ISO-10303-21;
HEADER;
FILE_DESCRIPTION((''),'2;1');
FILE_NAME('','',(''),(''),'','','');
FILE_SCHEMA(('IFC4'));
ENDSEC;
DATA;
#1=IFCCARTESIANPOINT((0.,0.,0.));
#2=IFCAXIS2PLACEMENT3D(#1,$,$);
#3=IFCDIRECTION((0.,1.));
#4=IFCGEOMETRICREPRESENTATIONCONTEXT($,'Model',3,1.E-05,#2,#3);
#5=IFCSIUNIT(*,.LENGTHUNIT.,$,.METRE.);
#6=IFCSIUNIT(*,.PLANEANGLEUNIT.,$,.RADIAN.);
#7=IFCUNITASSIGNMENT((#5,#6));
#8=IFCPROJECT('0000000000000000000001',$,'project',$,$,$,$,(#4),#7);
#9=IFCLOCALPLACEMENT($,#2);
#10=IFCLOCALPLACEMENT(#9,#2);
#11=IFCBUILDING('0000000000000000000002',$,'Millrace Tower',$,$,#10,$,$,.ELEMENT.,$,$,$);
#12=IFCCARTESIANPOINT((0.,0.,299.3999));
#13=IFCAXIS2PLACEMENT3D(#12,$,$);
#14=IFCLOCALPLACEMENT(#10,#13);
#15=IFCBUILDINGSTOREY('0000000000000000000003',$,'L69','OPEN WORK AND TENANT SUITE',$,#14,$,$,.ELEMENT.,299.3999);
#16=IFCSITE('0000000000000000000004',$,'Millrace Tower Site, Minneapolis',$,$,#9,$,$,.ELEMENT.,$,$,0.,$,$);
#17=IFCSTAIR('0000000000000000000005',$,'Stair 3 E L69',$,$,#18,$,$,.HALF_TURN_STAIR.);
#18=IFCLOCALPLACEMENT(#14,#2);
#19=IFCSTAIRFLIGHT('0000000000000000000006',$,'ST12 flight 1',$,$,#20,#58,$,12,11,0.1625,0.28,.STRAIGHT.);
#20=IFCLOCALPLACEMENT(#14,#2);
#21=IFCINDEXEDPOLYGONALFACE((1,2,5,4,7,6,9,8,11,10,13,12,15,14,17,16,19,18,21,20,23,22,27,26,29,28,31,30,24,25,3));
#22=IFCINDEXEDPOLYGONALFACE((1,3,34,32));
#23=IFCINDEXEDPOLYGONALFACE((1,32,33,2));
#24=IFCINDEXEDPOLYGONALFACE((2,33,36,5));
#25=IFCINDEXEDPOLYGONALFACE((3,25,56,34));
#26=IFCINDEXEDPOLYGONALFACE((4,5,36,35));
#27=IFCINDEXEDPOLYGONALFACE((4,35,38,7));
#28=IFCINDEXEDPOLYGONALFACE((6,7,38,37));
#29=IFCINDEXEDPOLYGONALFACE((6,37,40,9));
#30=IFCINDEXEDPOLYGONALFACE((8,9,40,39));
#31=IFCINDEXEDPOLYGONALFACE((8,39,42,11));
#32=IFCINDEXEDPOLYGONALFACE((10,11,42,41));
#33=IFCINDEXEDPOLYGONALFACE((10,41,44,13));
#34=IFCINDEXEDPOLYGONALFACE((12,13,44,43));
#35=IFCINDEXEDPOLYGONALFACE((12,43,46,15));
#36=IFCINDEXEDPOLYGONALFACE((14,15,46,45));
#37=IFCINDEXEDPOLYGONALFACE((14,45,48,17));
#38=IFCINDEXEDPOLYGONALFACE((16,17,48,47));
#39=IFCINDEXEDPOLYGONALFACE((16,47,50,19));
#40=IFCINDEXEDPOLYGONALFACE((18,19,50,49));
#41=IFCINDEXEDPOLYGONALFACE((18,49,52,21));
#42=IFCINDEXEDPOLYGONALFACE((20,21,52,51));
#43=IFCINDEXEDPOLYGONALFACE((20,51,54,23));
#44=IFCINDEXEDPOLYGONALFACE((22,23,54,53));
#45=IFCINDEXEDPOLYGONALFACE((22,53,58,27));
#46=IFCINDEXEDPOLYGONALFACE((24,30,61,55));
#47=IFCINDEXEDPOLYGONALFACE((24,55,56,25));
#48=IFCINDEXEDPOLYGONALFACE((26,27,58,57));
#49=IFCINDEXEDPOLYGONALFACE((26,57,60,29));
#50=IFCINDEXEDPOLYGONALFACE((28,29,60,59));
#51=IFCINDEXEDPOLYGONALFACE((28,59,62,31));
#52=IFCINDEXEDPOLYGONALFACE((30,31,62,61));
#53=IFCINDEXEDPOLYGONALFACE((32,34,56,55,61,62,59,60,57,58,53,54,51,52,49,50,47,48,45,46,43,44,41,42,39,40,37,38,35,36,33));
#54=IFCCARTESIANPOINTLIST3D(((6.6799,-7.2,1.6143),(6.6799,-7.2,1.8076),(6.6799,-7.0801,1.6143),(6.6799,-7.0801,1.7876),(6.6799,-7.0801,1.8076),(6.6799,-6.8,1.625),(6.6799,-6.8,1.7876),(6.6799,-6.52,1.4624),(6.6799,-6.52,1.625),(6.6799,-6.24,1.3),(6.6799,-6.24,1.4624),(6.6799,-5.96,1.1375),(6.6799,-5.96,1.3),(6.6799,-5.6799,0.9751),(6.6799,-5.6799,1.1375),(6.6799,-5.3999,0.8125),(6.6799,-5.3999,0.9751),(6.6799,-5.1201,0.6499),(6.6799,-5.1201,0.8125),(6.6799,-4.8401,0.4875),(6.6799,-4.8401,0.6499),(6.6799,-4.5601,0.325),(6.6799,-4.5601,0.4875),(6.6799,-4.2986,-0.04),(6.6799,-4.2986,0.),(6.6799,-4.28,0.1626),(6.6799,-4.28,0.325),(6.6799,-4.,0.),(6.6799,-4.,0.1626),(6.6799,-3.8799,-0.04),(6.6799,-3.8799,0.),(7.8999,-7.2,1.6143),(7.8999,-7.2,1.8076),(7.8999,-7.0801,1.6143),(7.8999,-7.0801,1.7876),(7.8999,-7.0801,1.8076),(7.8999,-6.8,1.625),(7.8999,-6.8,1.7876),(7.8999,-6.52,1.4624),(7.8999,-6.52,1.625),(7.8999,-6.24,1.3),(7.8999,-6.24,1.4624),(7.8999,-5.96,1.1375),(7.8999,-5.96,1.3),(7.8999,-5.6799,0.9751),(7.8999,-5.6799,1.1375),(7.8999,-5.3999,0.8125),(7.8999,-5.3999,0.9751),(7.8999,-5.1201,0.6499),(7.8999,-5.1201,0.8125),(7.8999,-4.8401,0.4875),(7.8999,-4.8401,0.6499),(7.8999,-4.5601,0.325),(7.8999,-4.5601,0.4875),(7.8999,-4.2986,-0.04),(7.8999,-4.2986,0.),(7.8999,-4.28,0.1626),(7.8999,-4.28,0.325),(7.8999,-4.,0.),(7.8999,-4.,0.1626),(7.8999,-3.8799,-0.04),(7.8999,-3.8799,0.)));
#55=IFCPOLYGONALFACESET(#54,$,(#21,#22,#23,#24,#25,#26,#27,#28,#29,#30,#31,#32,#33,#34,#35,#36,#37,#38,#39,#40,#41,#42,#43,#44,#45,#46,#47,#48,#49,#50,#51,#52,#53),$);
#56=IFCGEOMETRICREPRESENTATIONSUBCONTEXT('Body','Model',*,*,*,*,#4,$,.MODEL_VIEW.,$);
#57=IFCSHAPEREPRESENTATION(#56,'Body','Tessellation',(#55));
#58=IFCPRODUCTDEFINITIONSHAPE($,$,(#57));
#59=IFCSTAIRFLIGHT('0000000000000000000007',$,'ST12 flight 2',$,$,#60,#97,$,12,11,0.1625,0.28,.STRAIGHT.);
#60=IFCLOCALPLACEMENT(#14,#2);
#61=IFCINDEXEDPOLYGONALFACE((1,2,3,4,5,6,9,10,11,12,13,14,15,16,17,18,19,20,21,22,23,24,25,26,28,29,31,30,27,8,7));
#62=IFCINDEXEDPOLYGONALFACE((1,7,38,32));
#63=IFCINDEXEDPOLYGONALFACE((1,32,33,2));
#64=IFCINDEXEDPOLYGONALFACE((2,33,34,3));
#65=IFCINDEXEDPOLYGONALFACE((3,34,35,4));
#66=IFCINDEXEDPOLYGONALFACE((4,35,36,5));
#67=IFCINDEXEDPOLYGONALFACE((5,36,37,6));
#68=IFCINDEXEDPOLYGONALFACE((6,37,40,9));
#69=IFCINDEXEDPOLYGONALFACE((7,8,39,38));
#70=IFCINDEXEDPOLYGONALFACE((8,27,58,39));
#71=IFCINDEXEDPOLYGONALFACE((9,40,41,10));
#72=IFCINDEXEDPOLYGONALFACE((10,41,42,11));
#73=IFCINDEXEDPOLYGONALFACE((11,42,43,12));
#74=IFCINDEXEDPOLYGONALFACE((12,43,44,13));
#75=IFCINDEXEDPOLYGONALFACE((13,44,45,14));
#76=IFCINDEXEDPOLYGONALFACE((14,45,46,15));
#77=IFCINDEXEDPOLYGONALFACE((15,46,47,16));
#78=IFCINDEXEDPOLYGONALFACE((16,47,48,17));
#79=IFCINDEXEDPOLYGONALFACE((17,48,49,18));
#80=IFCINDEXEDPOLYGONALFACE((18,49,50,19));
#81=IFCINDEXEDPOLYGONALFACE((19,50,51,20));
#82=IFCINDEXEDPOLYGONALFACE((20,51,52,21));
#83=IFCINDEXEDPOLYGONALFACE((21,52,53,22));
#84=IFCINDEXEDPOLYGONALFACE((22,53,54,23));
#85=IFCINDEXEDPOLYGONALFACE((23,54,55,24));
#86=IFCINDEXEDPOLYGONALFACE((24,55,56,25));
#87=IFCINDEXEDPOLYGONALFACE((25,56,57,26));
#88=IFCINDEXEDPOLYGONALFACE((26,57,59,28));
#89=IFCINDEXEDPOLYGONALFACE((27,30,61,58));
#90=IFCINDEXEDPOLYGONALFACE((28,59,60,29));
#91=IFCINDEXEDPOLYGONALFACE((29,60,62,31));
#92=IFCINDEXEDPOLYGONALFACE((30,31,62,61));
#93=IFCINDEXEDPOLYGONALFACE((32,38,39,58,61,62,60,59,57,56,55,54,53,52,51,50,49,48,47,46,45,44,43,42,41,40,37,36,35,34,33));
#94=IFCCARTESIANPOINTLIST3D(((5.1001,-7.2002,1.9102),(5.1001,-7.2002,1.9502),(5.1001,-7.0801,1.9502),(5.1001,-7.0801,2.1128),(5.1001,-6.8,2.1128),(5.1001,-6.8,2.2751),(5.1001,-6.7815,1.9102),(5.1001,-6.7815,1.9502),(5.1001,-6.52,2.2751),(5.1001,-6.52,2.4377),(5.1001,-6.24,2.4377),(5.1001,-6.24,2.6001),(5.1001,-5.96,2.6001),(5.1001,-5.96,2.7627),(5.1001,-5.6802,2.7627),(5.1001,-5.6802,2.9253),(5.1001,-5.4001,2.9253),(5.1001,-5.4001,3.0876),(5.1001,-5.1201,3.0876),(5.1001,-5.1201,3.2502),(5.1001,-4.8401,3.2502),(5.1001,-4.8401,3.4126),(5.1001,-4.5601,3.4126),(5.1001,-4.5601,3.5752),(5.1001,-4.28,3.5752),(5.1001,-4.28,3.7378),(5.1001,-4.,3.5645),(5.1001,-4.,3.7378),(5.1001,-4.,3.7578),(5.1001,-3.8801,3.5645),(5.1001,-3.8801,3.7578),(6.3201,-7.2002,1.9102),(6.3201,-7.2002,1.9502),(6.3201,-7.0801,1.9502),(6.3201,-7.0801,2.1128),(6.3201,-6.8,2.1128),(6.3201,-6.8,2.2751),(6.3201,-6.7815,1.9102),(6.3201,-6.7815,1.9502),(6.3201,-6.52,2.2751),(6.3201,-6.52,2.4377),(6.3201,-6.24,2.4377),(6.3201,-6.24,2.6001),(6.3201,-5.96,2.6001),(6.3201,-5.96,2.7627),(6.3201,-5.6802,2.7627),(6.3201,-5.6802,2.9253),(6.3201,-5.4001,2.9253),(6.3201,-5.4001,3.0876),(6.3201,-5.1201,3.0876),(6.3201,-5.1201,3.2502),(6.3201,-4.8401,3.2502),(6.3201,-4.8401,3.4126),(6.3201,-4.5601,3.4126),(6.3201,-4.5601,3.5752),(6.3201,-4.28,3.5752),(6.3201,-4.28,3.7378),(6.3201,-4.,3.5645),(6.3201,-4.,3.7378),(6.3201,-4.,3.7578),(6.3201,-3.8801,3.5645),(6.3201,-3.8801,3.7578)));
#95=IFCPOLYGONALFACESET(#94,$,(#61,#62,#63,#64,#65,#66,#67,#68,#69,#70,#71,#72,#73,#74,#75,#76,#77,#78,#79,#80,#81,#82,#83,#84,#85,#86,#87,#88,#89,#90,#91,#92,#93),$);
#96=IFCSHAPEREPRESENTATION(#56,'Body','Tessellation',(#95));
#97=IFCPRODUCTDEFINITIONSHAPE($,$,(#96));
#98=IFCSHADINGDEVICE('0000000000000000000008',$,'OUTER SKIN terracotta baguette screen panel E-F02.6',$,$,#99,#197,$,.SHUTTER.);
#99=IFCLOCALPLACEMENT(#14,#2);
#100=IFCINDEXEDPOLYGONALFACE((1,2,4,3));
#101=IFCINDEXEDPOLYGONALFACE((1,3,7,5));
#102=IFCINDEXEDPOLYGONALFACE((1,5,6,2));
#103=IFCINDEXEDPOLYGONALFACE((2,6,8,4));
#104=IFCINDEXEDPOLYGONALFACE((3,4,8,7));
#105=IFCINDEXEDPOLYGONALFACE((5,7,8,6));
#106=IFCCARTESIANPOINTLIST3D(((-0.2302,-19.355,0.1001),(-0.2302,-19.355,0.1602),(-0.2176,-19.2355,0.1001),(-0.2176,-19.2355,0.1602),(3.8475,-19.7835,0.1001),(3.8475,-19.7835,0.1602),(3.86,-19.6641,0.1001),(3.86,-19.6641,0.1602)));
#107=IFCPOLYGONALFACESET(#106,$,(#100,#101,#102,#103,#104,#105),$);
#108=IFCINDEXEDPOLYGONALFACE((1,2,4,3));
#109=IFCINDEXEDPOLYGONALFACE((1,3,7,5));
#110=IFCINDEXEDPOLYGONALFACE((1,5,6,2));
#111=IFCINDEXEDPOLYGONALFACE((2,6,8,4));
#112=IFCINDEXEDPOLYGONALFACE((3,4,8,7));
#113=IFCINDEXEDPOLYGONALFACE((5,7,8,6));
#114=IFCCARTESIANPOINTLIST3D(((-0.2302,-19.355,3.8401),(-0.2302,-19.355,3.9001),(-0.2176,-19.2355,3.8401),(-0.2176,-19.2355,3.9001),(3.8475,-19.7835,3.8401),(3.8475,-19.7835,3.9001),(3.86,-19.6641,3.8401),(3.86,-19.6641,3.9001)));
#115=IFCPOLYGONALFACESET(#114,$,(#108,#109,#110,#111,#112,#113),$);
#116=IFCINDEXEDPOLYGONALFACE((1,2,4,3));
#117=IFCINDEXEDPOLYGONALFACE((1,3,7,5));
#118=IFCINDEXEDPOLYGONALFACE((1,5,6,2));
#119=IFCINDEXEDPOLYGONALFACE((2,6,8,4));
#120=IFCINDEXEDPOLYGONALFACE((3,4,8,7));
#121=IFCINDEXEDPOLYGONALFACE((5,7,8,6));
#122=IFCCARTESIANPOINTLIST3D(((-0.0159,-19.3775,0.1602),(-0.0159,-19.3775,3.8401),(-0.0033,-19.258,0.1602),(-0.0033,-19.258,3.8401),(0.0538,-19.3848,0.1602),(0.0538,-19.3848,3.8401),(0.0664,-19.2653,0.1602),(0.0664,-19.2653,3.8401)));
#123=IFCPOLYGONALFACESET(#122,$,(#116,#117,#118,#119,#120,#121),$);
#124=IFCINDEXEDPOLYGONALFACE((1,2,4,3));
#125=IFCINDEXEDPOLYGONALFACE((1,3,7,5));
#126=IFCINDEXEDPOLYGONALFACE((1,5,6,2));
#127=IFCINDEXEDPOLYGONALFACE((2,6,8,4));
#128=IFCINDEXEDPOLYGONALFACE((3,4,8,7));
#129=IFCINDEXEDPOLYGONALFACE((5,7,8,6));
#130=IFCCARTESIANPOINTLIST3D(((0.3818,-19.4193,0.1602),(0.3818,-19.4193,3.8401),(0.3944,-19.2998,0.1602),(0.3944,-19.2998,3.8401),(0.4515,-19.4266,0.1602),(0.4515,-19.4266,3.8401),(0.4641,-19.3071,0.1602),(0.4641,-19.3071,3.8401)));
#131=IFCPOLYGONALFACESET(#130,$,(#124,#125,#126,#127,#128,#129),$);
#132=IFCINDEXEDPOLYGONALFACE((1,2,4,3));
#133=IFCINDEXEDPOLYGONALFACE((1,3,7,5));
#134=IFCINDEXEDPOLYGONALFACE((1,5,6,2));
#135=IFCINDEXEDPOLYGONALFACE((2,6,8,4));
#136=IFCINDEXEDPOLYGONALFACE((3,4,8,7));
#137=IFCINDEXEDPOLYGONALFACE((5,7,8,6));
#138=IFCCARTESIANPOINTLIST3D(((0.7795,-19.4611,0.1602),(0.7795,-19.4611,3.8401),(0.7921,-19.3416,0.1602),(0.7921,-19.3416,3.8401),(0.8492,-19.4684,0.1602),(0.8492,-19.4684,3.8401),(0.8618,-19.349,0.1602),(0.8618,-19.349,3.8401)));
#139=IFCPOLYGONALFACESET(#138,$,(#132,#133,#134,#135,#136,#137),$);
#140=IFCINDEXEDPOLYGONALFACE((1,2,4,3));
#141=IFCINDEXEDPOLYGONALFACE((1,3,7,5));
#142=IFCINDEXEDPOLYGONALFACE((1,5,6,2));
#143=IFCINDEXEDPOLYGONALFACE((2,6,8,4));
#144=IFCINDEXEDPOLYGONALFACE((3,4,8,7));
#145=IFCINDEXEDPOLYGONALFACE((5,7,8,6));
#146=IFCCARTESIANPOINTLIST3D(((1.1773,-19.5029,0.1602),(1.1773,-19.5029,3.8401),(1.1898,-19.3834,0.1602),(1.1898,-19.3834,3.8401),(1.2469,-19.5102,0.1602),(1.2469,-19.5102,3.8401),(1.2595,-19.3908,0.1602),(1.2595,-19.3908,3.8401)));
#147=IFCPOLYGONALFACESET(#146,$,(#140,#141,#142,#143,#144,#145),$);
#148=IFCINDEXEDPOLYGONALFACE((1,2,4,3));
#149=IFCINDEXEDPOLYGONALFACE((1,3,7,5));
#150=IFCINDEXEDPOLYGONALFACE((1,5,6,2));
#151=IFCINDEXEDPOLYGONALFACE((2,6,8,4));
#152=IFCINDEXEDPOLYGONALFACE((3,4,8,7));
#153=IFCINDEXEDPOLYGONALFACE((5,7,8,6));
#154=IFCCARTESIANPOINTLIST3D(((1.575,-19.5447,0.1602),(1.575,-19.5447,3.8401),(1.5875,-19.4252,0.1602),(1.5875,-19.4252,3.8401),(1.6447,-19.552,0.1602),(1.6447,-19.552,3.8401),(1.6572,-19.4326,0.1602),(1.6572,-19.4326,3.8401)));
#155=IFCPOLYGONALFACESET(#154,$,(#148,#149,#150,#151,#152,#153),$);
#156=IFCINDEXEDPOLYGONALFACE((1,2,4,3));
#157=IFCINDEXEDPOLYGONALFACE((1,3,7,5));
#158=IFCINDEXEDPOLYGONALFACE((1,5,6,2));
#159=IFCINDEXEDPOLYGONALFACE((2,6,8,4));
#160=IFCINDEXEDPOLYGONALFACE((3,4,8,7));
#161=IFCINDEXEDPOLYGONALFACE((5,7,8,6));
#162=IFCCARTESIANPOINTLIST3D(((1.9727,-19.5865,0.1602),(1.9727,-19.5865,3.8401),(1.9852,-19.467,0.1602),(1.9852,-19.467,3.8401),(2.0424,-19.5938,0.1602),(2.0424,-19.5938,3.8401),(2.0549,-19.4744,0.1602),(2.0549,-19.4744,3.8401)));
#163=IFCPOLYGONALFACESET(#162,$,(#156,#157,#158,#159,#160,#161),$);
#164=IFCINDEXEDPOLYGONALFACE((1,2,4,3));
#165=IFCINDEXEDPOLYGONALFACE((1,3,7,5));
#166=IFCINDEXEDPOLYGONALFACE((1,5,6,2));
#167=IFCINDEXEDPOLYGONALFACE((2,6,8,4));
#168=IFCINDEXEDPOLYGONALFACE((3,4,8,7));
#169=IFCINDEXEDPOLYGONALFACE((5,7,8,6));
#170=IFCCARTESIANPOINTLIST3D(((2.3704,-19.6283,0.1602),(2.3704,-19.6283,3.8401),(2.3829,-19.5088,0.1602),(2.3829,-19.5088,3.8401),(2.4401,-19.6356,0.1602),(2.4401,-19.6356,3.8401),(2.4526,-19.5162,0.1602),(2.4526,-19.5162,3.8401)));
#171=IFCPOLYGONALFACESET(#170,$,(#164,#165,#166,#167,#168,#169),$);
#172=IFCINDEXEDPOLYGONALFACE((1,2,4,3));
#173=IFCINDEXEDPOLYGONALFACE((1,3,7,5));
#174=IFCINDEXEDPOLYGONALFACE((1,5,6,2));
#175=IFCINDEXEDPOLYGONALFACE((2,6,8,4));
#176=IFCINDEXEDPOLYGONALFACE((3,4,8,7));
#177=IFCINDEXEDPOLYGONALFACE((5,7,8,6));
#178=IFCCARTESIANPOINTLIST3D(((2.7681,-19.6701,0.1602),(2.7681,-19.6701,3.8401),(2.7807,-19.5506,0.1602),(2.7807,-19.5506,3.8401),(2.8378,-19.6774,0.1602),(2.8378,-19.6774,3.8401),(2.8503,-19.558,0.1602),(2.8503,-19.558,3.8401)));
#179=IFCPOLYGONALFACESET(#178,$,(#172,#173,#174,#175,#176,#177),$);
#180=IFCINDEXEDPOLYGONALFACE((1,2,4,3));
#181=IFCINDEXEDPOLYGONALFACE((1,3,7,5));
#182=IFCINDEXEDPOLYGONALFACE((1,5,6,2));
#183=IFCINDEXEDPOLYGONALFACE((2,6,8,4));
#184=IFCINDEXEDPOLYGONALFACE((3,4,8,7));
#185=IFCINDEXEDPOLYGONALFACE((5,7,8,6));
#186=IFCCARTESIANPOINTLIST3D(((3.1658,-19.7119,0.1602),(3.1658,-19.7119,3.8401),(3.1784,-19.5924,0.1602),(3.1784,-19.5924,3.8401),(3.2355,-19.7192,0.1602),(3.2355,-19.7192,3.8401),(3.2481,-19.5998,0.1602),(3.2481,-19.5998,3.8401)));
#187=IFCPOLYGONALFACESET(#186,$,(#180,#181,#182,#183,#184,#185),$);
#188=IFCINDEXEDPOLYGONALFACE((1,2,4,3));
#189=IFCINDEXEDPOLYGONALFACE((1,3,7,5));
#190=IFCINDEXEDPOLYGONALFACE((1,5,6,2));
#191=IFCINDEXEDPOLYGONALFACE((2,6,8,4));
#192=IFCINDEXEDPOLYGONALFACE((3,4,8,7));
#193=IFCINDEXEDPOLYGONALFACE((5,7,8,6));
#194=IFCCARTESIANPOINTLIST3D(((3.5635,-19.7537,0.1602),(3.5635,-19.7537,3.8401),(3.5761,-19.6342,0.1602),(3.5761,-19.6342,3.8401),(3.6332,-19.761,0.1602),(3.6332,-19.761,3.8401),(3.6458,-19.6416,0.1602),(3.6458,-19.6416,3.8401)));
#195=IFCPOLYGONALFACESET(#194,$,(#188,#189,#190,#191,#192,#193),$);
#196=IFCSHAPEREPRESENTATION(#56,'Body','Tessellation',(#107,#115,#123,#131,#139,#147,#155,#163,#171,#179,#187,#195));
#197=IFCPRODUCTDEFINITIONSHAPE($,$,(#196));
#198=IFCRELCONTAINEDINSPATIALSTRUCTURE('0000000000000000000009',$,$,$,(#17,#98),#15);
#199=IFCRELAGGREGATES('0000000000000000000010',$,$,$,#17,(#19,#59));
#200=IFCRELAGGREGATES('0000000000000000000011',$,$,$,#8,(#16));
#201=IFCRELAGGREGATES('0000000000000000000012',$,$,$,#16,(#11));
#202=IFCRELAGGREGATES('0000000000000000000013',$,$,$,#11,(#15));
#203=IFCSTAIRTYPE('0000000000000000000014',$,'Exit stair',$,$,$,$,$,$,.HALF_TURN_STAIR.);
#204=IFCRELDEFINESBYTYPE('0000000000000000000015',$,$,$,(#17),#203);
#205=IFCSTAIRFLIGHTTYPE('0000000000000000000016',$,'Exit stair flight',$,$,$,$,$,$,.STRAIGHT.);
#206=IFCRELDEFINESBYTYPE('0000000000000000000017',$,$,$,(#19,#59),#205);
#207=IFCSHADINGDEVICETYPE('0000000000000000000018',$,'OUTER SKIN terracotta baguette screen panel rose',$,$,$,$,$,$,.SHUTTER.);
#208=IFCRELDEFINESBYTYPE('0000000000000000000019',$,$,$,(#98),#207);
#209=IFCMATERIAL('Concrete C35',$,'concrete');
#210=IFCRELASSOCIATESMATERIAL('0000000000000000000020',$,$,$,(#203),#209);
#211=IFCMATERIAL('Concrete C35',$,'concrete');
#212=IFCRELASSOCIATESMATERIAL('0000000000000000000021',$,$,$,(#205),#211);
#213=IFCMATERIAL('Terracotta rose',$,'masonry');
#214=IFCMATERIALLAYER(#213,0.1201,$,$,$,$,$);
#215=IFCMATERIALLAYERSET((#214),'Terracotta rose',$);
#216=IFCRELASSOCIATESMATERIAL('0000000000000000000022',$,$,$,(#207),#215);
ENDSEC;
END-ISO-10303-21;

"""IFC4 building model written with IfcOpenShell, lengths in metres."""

from ifc_helpers import new_model, entity, si_unit, direction, frame, frame_2d, origin, place, context, subcontext, project, spatial, polyline, rectangle, outline, extrude, source, transform, mapped, material, layer, layer_set, type_object, element, aggregate, save


model = new_model("IFC4")

# Units and contexts
model_context = context("Model", 3, precision=1e-05, world=origin(), true_north=direction((0.0, 1.0)))
body_context = subcontext(model_context, "Body", "Model", "MODEL_VIEW")
ifc_project = project(units=[si_unit("LENGTHUNIT", "METRE"), si_unit("PLANEANGLEUNIT", "RADIAN")], contexts=[model_context])

# Site, building, storey
site_placement = place(None, origin())
site = spatial("IfcSite", under=ifc_project, at=site_placement, Name="Millrace Tower Site, Minneapolis", CompositionType="ELEMENT", RefElevation=0.0)
building_placement = place(site_placement, origin())
building = spatial("IfcBuilding", under=site, at=building_placement, Name="Millrace Tower", CompositionType="ELEMENT")
storey_placement = place(building_placement, frame((0.0, 0.0, 299.3999)))
storey = spatial("IfcBuildingStorey", under=building, at=storey_placement, Name="L69", Description="OPEN WORK AND TENANT SUITE", CompositionType="ELEMENT", Elevation=299.3999)

# Shared definitions
placement = place(storey_placement, origin())

# Shared definitions
ifc_material_1 = material(Name="Concrete C35", Category="concrete")
stair_type = type_object("IfcStairType", Name="Exit stair", PredefinedType="HALF_TURN_STAIR", material=ifc_material_1)
ifc_material_2 = material(Name="Concrete C35", Category="concrete")
stair_flight_type = type_object("IfcStairFlightType", Name="Exit stair flight", PredefinedType="STRAIGHT", material=ifc_material_2)

# Stair, stair flights
stair_1 = element("IfcStair", 1, at=placement, inside=storey, type_object=stair_type, Name="Stair 3 E L69", PredefinedType="HALF_TURN_STAIR")
stair_flight_1_placement = place(storey_placement, frame((7.29, -4.0, 0.0), z_axis=(0.0, 0.0, 1.0), x_axis=(0.0, -1.0, 0.0)))
stair_flight_1 = element("IfcStairFlight", 2, at=stair_flight_1_placement, type_object=stair_flight_type, Name="ST12 flight 1", NumberOfRisers=12, NumberOfTreads=11, PredefinedType="STRAIGHT", RiserHeight=0.1625, TreadLength=0.28, context=body_context, shape_type="SweptSolid", body=[
    extrude(outline(polyline([(-0.1201, -0.04), (-0.1201, 0.0), (0.0, 0.0), (0.0, 0.1626), (0.28, 0.1626), (0.28, 0.325), (0.5601, 0.325), (0.5601, 0.4875), (0.8401, 0.4875), (0.8401, 0.6499), (1.1201, 0.6499), (1.1201, 0.8125), (1.3999, 0.8125), (1.3999, 0.9751), (1.6799, 0.9751), (1.6799, 1.1375), (1.96, 1.1375), (1.96, 1.3), (2.24, 1.3), (2.24, 1.4624), (2.52, 1.4624), (2.52, 1.625), (2.8, 1.625), (2.8, 1.7876), (3.0801, 1.7876), (3.0801, 1.8076), (3.2, 1.8076), (3.2, 1.6143), (3.0801, 1.6143), (0.2986, 0.0), (0.2986, -0.04), (-0.1201, -0.04)])), frame((0.0, 0.6099, 0.0), z_axis=(0.0, -1.0, 0.0), x_axis=(1.0, 0.0, 0.0)), (0.0, 0.0, 1.0), 1.22),
])
stair_flight_2_placement = place(storey_placement, frame((5.71, -7.0801, 1.9502), z_axis=(0.0, 0.0, 1.0), x_axis=(0.0, 1.0, 0.0)))
stair_flight_2 = element("IfcStairFlight", 3, at=stair_flight_2_placement, type_object=stair_flight_type, Name="ST12 flight 2", NumberOfRisers=12, NumberOfTreads=11, PredefinedType="STRAIGHT", RiserHeight=0.1625, TreadLength=0.28, context=body_context, shape_type="SweptSolid", body=[
    extrude(outline(polyline([(-0.1201, -0.04), (-0.1201, 0.0), (0.0, 0.0), (0.0, 0.1626), (0.28, 0.1626), (0.28, 0.325), (0.5601, 0.325), (0.5601, 0.4875), (0.8401, 0.4875), (0.8401, 0.6499), (1.1201, 0.6499), (1.1201, 0.8125), (1.3999, 0.8125), (1.3999, 0.9751), (1.6799, 0.9751), (1.6799, 1.1375), (1.96, 1.1375), (1.96, 1.3), (2.24, 1.3), (2.24, 1.4624), (2.52, 1.4624), (2.52, 1.625), (2.8, 1.625), (2.8, 1.7876), (3.0801, 1.7876), (3.0801, 1.8076), (3.2, 1.8076), (3.2, 1.6143), (3.0801, 1.6143), (0.2986, 0.0), (0.2986, -0.04), (-0.1201, -0.04)])), frame((0.0, 0.6099, 0.0), z_axis=(0.0, -1.0, 0.0), x_axis=(1.0, 0.0, 0.0)), (0.0, 0.0, 1.0), 1.22),
])
aggregate(stair_1, [stair_flight_1, stair_flight_2])

# Shading device
ifc_material_3 = material(Name="Terracotta rose", Category="masonry")
ifc_layer_1 = layer(ifc_material_3, 0.1201)
ifc_layer_set_1 = layer_set([ifc_layer_1], Name="Terracotta rose")
shading_device_type = type_object("IfcShadingDeviceType", Name="OUTER SKIN terracotta baguette screen panel rose", PredefinedType="SHUTTER", material=ifc_layer_set_1)
cartesian_point = entity("IfcCartesianPoint", [-2.05, 0.0601])
shared_polyline = entity("IfcPolyline", [cartesian_point, entity("IfcCartesianPoint", [2.05, 0.0601]), entity("IfcCartesianPoint", [2.05, -0.0601]), entity("IfcCartesianPoint", [-2.05, -0.0601]), cartesian_point])
shared_shape = source(origin(), body_context, "Body", "SweptSolid", [
    entity("IfcExtrudedAreaSolid", entity("IfcArbitraryClosedProfileDef", "AREA", None, shared_polyline), entity("IfcAxis2Placement3D", entity("IfcCartesianPoint", [0.0, 0.0, 0.0])), entity("IfcDirection", [0.0, 0.0, 1.0]), 0.0601),
    entity("IfcExtrudedAreaSolid", entity("IfcArbitraryClosedProfileDef", "AREA", None, shared_polyline), entity("IfcAxis2Placement3D", entity("IfcCartesianPoint", [0.0, 0.0, 3.74])), entity("IfcDirection", [0.0, 0.0, 1.0]), 0.0601),
    extrude(rectangle(XDim=0.0701, YDim=0.1201, at=frame_2d((-1.7996, 0.0))), frame((0.0, 0.0, 0.0601)), (0.0, 0.0, 1.0), 3.6799),
    extrude(rectangle(XDim=0.0701, YDim=0.1201, at=frame_2d((-1.3997, 0.0))), frame((0.0, 0.0, 0.0601)), (0.0, 0.0, 1.0), 3.6799),
    extrude(rectangle(XDim=0.0701, YDim=0.1201, at=frame_2d((-0.9998, 0.0))), frame((0.0, 0.0, 0.0601)), (0.0, 0.0, 1.0), 3.6799),
    extrude(rectangle(XDim=0.0701, YDim=0.1201, at=frame_2d((-0.5999, 0.0))), frame((0.0, 0.0, 0.0601)), (0.0, 0.0, 1.0), 3.6799),
    extrude(rectangle(XDim=0.0701, YDim=0.1201, at=frame_2d((-0.2, 0.0))), frame((0.0, 0.0, 0.0601)), (0.0, 0.0, 1.0), 3.6799),
    extrude(rectangle(XDim=0.0701, YDim=0.1201, at=frame_2d((0.2, 0.0))), frame((0.0, 0.0, 0.0601)), (0.0, 0.0, 1.0), 3.6799),
    extrude(rectangle(XDim=0.0701, YDim=0.1201, at=frame_2d((0.5999, 0.0))), frame((0.0, 0.0, 0.0601)), (0.0, 0.0, 1.0), 3.6799),
    extrude(rectangle(XDim=0.0701, YDim=0.1201, at=frame_2d((0.9998, 0.0))), frame((0.0, 0.0, 0.0601)), (0.0, 0.0, 1.0), 3.6799),
    extrude(rectangle(XDim=0.0701, YDim=0.1201, at=frame_2d((1.3997, 0.0))), frame((0.0, 0.0, 0.0601)), (0.0, 0.0, 1.0), 3.6799),
    extrude(rectangle(XDim=0.0701, YDim=0.1201, at=frame_2d((1.7996, 0.0))), frame((0.0, 0.0, 0.0601)), (0.0, 0.0, 1.0), 3.6799),
])
for number, where, z_axis, x_axis, name in (
    (4, (1.8149, -19.5095, 0.1001), (0.0, 0.0, 1.0), (0.994522, -0.104528, 0.0), "OUTER SKIN terracotta baguette screen panel E-F02.6"),
):
    element("IfcShadingDevice", number, at=place(storey_placement, frame(where, z_axis=z_axis, x_axis=x_axis)), inside=storey, type_object=shading_device_type, Name=name, PredefinedType="SHUTTER", context=body_context, shape_type="MappedRepresentation", body=[
        mapped(shared_shape, transform((0.0, 0.0, 0.0), scale=1.0)),
    ])

save(model, "model.ifc")
